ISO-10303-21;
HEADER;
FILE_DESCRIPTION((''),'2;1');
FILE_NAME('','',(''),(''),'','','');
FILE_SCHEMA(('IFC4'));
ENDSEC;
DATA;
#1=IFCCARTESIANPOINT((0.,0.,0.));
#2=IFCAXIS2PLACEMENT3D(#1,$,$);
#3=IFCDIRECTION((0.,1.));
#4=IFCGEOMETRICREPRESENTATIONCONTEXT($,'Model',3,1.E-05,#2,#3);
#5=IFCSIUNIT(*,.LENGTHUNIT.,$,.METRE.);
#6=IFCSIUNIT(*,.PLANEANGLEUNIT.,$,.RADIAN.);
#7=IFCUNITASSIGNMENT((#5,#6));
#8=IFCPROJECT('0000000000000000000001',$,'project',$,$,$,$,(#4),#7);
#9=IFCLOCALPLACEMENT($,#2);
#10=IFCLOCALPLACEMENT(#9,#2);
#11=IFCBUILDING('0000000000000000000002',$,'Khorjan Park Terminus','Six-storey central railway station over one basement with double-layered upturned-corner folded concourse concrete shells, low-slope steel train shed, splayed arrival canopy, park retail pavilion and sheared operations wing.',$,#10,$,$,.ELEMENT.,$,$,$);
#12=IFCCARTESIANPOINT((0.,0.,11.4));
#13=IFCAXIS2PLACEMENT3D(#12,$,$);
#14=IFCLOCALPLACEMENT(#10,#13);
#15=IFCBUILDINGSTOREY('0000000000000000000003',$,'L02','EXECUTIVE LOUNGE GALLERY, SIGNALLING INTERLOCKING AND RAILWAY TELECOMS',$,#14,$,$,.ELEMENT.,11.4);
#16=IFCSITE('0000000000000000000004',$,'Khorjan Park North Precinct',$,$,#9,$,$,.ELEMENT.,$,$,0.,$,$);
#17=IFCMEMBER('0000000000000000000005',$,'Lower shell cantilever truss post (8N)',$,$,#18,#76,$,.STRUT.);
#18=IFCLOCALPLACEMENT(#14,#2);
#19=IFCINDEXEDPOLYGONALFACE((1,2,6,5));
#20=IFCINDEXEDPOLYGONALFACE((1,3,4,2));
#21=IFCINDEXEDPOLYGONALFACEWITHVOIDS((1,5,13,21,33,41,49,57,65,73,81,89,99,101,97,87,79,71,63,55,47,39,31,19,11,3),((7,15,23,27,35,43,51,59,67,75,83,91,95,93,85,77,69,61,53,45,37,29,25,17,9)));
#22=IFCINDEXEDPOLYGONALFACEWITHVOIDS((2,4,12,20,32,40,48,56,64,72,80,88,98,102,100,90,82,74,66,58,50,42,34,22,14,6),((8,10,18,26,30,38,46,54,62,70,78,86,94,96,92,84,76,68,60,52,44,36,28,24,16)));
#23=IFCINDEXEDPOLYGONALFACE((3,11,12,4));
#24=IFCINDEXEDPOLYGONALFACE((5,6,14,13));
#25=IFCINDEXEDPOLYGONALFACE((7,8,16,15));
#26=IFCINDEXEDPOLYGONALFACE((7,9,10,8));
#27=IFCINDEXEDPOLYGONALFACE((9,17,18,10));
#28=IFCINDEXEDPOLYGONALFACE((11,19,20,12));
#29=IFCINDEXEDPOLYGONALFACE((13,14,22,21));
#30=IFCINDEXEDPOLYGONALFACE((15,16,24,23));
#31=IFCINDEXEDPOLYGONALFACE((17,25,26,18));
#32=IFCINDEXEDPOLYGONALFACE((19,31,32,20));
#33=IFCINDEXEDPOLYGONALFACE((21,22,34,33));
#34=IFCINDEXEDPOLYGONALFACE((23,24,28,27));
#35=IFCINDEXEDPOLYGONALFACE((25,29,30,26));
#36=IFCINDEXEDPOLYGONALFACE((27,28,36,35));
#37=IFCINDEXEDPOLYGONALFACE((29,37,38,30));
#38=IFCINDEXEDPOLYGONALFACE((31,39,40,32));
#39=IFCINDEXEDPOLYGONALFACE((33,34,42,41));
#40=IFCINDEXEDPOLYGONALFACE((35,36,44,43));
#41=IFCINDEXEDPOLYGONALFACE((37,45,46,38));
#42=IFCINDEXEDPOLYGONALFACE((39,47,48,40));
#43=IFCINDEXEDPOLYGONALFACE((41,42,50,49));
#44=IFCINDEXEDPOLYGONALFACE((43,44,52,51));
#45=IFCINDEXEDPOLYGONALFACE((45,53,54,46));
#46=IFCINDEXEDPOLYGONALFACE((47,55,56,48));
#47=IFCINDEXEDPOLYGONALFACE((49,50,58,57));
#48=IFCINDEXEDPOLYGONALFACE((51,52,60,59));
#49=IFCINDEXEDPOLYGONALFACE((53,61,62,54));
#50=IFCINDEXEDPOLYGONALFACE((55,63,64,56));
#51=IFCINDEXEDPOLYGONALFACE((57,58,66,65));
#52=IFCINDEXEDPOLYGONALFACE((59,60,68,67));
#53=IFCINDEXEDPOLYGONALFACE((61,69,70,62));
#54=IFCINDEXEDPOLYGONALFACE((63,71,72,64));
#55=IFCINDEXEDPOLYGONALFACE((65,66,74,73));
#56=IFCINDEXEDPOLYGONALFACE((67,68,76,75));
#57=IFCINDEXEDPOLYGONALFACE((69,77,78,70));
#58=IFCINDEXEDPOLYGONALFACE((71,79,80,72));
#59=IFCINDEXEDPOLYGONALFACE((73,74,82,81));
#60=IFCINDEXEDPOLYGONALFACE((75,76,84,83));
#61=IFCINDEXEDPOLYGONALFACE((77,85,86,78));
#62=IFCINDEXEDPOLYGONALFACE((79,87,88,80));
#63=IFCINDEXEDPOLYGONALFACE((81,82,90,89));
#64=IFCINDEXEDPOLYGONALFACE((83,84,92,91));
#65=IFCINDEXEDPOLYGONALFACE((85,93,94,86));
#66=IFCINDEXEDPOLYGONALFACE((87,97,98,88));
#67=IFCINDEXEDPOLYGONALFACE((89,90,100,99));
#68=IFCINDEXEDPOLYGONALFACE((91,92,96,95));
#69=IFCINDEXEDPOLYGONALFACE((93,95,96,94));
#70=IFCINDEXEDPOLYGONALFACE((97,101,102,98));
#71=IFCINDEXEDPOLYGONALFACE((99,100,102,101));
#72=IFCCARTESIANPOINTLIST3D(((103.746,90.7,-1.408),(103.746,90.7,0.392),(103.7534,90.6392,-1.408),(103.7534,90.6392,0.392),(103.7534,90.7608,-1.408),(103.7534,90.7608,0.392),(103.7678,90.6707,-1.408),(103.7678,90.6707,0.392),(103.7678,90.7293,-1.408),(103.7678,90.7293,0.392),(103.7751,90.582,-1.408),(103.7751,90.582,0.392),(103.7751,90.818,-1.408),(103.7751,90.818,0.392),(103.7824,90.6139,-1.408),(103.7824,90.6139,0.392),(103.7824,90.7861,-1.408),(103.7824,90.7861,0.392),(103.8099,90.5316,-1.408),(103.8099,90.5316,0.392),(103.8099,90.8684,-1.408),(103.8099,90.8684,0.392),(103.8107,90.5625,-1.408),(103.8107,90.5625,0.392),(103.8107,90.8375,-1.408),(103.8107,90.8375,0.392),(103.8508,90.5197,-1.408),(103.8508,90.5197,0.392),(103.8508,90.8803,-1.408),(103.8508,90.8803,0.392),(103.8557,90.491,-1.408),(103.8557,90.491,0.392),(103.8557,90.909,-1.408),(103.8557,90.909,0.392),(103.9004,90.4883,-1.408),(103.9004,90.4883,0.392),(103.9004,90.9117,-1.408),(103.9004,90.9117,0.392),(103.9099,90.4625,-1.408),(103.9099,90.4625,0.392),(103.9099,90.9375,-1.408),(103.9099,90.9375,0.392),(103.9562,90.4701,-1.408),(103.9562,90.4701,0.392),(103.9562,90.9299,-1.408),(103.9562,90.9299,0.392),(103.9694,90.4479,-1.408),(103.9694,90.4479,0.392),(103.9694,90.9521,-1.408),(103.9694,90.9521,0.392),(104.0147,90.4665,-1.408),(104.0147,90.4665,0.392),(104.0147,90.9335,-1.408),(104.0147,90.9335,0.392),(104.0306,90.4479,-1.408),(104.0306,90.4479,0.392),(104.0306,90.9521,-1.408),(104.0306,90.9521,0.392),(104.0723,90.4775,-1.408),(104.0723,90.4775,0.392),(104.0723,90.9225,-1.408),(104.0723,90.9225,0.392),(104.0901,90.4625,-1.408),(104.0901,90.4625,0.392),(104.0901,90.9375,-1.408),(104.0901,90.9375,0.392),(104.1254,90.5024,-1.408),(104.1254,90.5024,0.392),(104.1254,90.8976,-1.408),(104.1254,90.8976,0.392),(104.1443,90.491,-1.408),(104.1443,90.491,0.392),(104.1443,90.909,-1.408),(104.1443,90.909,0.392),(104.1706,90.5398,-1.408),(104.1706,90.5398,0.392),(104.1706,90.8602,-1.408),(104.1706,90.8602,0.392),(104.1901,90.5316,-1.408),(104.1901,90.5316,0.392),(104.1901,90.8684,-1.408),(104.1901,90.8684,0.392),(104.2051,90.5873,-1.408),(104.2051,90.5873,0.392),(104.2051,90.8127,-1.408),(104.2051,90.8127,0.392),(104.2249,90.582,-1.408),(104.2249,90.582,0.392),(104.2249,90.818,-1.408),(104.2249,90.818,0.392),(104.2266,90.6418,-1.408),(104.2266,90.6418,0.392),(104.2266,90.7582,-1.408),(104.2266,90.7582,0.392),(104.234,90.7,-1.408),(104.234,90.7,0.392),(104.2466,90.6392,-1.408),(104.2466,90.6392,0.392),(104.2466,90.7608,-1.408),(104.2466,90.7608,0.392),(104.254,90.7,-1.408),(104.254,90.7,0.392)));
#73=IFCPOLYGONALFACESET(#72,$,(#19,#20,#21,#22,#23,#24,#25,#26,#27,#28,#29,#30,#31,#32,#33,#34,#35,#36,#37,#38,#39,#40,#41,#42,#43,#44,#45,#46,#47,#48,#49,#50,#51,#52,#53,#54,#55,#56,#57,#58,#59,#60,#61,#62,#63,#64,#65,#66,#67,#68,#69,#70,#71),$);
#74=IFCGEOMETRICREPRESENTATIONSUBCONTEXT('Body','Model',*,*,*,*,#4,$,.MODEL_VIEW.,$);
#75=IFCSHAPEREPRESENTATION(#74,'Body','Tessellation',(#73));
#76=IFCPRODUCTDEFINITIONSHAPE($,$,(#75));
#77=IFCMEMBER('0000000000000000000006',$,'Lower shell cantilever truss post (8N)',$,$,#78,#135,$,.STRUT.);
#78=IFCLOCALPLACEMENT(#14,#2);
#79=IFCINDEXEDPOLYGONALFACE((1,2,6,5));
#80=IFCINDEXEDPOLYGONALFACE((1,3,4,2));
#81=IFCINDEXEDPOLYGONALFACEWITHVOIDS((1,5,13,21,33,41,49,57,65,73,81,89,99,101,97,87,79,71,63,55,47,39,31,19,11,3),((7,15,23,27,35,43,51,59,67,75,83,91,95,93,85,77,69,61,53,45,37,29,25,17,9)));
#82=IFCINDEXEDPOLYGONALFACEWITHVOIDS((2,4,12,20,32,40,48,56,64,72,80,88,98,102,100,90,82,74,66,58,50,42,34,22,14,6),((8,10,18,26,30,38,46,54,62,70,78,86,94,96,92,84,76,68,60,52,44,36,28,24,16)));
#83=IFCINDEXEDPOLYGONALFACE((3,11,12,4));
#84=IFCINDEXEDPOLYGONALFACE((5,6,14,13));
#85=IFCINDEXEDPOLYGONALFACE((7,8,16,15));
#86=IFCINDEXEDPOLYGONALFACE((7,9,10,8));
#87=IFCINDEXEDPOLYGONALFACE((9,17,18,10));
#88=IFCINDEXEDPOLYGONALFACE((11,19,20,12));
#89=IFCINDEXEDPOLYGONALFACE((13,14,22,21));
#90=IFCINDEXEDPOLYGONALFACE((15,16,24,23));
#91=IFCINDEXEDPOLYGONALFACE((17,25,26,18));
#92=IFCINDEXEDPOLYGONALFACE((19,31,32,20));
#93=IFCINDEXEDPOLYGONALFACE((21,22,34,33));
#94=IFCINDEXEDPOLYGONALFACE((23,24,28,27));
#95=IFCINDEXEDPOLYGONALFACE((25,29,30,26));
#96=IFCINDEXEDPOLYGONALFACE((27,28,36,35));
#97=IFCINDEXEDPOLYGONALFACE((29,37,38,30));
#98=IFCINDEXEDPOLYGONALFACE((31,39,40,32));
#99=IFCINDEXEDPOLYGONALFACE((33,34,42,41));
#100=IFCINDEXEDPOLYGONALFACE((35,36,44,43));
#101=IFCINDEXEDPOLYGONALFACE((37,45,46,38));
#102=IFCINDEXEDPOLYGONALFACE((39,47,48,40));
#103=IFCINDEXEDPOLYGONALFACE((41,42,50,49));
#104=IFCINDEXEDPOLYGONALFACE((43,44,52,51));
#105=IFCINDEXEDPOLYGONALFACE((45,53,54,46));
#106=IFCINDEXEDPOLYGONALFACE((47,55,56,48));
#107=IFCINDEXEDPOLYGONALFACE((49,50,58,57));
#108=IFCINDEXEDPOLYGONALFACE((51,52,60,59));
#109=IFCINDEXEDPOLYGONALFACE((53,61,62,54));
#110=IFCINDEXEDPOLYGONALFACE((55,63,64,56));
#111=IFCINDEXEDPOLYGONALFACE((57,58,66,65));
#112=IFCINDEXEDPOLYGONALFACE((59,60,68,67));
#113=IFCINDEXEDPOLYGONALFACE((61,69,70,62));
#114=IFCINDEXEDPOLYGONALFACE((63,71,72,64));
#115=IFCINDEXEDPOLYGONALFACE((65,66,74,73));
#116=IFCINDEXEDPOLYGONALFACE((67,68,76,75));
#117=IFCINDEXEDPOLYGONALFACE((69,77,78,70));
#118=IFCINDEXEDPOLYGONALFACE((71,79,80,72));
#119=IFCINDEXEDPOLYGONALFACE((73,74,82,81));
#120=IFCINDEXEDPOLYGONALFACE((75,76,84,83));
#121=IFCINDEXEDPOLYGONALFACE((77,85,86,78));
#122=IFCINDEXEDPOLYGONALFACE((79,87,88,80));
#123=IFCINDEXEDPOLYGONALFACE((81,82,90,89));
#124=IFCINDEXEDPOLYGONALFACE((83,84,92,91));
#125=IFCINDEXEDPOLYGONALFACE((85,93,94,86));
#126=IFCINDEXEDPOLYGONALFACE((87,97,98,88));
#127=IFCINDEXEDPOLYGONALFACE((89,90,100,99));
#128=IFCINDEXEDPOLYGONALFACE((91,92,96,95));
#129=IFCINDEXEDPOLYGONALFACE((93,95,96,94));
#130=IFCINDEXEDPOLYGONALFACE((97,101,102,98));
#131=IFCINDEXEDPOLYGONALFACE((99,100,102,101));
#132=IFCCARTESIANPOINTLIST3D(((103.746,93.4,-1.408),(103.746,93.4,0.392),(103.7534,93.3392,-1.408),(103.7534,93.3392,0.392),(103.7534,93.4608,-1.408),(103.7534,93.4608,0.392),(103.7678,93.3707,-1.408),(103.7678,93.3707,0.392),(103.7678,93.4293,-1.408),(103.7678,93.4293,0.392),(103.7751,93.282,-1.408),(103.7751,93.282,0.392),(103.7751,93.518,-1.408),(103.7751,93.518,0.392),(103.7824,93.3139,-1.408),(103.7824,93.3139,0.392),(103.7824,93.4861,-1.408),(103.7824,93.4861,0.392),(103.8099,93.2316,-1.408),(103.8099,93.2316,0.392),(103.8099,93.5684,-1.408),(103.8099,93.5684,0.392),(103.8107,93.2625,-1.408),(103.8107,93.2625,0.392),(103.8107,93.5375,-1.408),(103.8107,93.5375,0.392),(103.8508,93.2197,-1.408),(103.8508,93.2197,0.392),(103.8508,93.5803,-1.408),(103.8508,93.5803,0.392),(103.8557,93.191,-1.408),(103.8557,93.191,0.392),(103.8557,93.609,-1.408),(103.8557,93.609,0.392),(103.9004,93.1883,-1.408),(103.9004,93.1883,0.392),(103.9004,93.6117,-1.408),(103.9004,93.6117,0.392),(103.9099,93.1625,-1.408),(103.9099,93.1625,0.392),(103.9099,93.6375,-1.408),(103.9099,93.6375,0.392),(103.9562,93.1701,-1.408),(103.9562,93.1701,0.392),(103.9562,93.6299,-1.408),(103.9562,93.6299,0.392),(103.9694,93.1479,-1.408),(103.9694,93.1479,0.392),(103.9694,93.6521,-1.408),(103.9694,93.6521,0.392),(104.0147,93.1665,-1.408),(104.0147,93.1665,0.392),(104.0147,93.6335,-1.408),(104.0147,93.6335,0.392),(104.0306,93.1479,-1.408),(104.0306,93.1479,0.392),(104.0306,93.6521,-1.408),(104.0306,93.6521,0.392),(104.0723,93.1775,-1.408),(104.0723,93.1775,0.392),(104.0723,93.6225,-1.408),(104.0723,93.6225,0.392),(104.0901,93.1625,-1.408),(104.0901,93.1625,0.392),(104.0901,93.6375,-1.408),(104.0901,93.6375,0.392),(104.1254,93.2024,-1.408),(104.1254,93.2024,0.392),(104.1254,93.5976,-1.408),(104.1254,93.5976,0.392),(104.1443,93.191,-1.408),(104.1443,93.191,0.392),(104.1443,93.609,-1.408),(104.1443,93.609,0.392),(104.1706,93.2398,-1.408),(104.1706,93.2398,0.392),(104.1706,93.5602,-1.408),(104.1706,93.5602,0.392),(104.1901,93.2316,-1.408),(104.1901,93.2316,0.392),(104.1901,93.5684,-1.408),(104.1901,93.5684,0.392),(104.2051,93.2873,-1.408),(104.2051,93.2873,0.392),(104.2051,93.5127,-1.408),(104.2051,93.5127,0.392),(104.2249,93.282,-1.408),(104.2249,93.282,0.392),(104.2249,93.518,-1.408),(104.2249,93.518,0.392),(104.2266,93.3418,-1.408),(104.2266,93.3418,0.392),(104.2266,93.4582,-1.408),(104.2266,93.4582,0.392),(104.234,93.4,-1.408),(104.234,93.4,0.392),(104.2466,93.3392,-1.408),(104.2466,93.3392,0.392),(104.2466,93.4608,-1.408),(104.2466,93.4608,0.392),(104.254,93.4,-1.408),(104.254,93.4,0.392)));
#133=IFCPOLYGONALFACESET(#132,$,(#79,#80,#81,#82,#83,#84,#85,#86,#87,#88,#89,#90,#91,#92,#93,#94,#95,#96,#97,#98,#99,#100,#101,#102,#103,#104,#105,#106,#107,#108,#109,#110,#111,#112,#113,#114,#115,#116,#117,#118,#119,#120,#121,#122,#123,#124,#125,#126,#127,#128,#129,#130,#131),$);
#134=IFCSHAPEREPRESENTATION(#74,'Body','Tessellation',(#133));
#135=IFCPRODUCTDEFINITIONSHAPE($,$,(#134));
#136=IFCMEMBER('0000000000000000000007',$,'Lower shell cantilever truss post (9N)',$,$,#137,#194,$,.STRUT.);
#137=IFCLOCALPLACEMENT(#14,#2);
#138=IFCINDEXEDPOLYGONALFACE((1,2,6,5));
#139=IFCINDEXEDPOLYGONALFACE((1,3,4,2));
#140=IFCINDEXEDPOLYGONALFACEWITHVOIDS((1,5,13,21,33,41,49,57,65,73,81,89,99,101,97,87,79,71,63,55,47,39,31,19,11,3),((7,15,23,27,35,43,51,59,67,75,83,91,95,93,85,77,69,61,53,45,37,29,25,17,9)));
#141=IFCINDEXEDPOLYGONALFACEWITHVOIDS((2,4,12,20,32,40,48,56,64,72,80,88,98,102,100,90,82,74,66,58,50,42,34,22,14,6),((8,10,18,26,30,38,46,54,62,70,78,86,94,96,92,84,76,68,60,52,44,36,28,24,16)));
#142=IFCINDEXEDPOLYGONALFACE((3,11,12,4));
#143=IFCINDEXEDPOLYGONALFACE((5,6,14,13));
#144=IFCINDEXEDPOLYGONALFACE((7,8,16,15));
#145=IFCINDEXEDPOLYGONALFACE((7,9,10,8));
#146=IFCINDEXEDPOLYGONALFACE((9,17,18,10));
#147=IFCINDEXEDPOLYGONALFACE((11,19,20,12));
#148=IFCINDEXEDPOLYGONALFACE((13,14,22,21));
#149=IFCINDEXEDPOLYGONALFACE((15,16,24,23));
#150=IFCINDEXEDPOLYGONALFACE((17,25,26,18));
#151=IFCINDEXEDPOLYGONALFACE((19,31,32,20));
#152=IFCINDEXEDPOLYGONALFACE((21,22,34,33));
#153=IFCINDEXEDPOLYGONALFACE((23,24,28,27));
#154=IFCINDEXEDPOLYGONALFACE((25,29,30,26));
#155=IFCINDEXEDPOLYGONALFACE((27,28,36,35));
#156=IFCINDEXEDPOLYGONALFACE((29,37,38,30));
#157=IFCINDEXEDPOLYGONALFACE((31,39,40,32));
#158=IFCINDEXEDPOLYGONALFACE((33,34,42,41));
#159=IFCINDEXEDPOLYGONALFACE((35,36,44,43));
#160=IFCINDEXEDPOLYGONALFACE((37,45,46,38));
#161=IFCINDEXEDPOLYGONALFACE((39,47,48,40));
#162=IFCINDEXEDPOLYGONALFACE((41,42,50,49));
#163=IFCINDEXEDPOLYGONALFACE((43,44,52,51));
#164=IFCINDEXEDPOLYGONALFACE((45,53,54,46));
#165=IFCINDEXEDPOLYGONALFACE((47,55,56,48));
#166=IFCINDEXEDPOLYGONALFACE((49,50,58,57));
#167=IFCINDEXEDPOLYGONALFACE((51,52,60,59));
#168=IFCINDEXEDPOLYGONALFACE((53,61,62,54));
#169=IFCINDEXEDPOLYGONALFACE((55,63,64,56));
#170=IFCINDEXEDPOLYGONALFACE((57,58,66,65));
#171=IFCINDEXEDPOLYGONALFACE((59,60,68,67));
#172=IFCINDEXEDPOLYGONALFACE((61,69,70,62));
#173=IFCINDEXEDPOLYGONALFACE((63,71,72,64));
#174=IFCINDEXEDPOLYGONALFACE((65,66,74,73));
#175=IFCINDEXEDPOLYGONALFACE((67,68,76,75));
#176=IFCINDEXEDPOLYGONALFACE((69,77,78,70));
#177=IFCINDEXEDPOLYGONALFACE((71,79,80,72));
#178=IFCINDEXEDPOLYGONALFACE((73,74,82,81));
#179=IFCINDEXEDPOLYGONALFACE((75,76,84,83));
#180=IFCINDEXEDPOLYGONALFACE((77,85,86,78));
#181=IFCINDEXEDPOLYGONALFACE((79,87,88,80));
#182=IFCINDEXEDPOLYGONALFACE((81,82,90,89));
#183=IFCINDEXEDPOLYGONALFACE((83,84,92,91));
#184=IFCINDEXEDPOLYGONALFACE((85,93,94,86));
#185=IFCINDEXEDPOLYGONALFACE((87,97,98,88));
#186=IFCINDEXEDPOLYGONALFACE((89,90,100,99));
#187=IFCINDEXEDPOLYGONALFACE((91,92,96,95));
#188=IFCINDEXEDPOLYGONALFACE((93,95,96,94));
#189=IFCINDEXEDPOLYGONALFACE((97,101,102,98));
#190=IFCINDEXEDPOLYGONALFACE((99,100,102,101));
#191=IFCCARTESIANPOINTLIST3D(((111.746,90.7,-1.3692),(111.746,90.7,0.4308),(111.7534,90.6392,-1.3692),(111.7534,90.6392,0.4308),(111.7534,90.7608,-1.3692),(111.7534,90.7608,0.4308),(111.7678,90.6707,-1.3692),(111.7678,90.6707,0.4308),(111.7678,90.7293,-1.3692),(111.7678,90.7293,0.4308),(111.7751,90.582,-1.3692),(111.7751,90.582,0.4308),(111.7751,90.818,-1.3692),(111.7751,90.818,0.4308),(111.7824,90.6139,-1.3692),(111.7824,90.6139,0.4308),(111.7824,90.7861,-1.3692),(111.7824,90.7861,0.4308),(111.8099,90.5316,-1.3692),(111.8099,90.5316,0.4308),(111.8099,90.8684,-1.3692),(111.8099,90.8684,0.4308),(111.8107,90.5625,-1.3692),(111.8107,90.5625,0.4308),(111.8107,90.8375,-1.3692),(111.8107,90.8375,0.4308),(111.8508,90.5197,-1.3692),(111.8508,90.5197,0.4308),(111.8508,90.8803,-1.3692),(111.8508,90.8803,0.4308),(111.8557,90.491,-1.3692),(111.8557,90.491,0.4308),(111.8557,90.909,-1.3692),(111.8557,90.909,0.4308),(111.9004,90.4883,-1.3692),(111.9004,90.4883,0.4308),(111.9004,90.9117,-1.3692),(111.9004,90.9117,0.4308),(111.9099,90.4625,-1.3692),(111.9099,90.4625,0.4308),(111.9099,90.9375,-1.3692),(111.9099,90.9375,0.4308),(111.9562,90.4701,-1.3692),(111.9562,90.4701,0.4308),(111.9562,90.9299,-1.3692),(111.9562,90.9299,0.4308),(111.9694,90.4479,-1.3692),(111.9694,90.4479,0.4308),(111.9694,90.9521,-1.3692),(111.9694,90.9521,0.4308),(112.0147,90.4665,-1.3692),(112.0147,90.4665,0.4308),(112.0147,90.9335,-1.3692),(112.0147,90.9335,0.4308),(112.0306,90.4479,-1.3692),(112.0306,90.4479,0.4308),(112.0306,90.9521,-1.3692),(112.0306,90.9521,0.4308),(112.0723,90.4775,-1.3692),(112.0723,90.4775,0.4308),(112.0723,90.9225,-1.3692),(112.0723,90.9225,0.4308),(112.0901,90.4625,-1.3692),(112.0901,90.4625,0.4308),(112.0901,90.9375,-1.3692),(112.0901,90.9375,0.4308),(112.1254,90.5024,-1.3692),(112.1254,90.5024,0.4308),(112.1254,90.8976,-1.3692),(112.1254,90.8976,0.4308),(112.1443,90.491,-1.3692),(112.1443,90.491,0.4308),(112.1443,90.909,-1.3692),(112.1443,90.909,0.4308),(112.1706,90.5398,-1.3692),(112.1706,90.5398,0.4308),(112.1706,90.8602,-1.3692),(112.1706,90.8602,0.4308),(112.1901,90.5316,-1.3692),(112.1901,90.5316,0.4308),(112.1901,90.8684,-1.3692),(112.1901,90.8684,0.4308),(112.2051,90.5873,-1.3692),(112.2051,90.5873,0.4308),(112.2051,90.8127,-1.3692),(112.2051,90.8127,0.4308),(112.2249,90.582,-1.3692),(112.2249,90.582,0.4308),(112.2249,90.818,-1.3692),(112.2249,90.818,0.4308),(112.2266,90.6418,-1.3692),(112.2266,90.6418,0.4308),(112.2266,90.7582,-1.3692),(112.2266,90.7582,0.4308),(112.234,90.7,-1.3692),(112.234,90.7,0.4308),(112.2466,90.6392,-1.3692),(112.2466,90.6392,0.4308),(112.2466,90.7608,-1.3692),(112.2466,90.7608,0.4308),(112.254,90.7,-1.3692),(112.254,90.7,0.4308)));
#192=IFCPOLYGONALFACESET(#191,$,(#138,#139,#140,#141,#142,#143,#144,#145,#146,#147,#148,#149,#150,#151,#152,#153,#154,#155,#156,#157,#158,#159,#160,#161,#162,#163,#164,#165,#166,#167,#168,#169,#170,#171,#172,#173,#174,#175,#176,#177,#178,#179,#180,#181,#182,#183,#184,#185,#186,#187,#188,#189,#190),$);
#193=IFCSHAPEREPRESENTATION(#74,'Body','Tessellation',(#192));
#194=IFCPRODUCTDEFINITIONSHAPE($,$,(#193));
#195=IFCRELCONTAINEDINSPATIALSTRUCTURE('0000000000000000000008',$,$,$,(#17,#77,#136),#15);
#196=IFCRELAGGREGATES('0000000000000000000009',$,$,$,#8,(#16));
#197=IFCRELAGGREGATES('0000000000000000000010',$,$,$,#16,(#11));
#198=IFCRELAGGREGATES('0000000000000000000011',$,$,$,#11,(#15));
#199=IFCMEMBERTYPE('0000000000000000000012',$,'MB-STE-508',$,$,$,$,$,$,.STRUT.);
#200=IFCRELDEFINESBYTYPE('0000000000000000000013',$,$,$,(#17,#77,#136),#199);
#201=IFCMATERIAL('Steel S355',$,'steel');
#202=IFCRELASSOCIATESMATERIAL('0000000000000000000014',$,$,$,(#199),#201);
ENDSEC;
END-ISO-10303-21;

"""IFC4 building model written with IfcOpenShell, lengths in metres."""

from ifc_helpers import new_model, si_unit, direction, frame, origin, origin_2d, place, context, subcontext, project, spatial, hollow_circle, extrude, material, material_profile, profile_set, type_object, element, save


model = new_model("IFC4")

# Units and contexts
model_context = context("Model", 3, precision=1e-05, world=origin(), true_north=direction((0.0, 1.0)))
body_context = subcontext(model_context, "Body", "Model", "MODEL_VIEW")
ifc_project = project(units=[si_unit("LENGTHUNIT", "METRE"), si_unit("PLANEANGLEUNIT", "RADIAN")], contexts=[model_context])

# Site, building, storey
site_placement = place(None, origin())
site = spatial("IfcSite", under=ifc_project, at=site_placement, Name="Khorjan Park North Precinct", CompositionType="ELEMENT", RefElevation=0.0)
building_placement = place(site_placement, origin())
building = spatial("IfcBuilding", under=site, at=building_placement, Name="Khorjan Park Terminus", Description="Six-storey central railway station over one basement with double-layered upturned-corner folded concourse concrete shells, low-slope steel train shed, splayed arrival canopy, park retail pavilion and sheared operations wing.", CompositionType="ELEMENT")
storey_placement = place(building_placement, frame((0.0, 0.0, 11.4)))
storey = spatial("IfcBuildingStorey", under=building, at=storey_placement, Name="L02", Description="EXECUTIVE LOUNGE GALLERY, SIGNALLING INTERLOCKING AND RAILWAY TELECOMS", CompositionType="ELEMENT", Elevation=11.4)

# Members
ifc_material_1 = material(Name="Steel S355", Category="steel")
ifc_material_profile_1 = material_profile(ifc_material_1, hollow_circle(Radius=0.254, WallThickness=0.02, at=origin_2d()), Name="CHS 508x20")
ifc_profile_set_1 = profile_set([ifc_material_profile_1], Name="Steel S355")
member_type_1 = type_object("IfcMemberType", Name="MB-STE-508", PredefinedType="STRUT", material=ifc_profile_set_1)
for number, where, z_axis, x_axis, name in (
    (1, (104.0, 90.7, -1.408), (0.0, 0.0, 1.0), (1.0, 0.0, 0.0), "Lower shell cantilever truss post (8N)"),
    (2, (104.0, 93.4, -1.408), (0.0, 0.0, 1.0), (1.0, 0.0, 0.0), "Lower shell cantilever truss post (8N)"),
    (3, (112.0, 90.7, -1.3692), (0.0, 0.0, 1.0), (1.0, 0.0, 0.0), "Lower shell cantilever truss post (9N)"),
):
    element("IfcMember", number, at=place(storey_placement, frame(where, z_axis=z_axis, x_axis=x_axis)), inside=storey, type_object=member_type_1, Name=name, PredefinedType="STRUT", context=body_context, shape_type="SweptSolid", body=[
        extrude(hollow_circle(Radius=0.254, WallThickness=0.02, at=origin_2d()), origin(), (0.0, 0.0, 1.0), 1.8),
    ])

save(model, "model.ifc")
